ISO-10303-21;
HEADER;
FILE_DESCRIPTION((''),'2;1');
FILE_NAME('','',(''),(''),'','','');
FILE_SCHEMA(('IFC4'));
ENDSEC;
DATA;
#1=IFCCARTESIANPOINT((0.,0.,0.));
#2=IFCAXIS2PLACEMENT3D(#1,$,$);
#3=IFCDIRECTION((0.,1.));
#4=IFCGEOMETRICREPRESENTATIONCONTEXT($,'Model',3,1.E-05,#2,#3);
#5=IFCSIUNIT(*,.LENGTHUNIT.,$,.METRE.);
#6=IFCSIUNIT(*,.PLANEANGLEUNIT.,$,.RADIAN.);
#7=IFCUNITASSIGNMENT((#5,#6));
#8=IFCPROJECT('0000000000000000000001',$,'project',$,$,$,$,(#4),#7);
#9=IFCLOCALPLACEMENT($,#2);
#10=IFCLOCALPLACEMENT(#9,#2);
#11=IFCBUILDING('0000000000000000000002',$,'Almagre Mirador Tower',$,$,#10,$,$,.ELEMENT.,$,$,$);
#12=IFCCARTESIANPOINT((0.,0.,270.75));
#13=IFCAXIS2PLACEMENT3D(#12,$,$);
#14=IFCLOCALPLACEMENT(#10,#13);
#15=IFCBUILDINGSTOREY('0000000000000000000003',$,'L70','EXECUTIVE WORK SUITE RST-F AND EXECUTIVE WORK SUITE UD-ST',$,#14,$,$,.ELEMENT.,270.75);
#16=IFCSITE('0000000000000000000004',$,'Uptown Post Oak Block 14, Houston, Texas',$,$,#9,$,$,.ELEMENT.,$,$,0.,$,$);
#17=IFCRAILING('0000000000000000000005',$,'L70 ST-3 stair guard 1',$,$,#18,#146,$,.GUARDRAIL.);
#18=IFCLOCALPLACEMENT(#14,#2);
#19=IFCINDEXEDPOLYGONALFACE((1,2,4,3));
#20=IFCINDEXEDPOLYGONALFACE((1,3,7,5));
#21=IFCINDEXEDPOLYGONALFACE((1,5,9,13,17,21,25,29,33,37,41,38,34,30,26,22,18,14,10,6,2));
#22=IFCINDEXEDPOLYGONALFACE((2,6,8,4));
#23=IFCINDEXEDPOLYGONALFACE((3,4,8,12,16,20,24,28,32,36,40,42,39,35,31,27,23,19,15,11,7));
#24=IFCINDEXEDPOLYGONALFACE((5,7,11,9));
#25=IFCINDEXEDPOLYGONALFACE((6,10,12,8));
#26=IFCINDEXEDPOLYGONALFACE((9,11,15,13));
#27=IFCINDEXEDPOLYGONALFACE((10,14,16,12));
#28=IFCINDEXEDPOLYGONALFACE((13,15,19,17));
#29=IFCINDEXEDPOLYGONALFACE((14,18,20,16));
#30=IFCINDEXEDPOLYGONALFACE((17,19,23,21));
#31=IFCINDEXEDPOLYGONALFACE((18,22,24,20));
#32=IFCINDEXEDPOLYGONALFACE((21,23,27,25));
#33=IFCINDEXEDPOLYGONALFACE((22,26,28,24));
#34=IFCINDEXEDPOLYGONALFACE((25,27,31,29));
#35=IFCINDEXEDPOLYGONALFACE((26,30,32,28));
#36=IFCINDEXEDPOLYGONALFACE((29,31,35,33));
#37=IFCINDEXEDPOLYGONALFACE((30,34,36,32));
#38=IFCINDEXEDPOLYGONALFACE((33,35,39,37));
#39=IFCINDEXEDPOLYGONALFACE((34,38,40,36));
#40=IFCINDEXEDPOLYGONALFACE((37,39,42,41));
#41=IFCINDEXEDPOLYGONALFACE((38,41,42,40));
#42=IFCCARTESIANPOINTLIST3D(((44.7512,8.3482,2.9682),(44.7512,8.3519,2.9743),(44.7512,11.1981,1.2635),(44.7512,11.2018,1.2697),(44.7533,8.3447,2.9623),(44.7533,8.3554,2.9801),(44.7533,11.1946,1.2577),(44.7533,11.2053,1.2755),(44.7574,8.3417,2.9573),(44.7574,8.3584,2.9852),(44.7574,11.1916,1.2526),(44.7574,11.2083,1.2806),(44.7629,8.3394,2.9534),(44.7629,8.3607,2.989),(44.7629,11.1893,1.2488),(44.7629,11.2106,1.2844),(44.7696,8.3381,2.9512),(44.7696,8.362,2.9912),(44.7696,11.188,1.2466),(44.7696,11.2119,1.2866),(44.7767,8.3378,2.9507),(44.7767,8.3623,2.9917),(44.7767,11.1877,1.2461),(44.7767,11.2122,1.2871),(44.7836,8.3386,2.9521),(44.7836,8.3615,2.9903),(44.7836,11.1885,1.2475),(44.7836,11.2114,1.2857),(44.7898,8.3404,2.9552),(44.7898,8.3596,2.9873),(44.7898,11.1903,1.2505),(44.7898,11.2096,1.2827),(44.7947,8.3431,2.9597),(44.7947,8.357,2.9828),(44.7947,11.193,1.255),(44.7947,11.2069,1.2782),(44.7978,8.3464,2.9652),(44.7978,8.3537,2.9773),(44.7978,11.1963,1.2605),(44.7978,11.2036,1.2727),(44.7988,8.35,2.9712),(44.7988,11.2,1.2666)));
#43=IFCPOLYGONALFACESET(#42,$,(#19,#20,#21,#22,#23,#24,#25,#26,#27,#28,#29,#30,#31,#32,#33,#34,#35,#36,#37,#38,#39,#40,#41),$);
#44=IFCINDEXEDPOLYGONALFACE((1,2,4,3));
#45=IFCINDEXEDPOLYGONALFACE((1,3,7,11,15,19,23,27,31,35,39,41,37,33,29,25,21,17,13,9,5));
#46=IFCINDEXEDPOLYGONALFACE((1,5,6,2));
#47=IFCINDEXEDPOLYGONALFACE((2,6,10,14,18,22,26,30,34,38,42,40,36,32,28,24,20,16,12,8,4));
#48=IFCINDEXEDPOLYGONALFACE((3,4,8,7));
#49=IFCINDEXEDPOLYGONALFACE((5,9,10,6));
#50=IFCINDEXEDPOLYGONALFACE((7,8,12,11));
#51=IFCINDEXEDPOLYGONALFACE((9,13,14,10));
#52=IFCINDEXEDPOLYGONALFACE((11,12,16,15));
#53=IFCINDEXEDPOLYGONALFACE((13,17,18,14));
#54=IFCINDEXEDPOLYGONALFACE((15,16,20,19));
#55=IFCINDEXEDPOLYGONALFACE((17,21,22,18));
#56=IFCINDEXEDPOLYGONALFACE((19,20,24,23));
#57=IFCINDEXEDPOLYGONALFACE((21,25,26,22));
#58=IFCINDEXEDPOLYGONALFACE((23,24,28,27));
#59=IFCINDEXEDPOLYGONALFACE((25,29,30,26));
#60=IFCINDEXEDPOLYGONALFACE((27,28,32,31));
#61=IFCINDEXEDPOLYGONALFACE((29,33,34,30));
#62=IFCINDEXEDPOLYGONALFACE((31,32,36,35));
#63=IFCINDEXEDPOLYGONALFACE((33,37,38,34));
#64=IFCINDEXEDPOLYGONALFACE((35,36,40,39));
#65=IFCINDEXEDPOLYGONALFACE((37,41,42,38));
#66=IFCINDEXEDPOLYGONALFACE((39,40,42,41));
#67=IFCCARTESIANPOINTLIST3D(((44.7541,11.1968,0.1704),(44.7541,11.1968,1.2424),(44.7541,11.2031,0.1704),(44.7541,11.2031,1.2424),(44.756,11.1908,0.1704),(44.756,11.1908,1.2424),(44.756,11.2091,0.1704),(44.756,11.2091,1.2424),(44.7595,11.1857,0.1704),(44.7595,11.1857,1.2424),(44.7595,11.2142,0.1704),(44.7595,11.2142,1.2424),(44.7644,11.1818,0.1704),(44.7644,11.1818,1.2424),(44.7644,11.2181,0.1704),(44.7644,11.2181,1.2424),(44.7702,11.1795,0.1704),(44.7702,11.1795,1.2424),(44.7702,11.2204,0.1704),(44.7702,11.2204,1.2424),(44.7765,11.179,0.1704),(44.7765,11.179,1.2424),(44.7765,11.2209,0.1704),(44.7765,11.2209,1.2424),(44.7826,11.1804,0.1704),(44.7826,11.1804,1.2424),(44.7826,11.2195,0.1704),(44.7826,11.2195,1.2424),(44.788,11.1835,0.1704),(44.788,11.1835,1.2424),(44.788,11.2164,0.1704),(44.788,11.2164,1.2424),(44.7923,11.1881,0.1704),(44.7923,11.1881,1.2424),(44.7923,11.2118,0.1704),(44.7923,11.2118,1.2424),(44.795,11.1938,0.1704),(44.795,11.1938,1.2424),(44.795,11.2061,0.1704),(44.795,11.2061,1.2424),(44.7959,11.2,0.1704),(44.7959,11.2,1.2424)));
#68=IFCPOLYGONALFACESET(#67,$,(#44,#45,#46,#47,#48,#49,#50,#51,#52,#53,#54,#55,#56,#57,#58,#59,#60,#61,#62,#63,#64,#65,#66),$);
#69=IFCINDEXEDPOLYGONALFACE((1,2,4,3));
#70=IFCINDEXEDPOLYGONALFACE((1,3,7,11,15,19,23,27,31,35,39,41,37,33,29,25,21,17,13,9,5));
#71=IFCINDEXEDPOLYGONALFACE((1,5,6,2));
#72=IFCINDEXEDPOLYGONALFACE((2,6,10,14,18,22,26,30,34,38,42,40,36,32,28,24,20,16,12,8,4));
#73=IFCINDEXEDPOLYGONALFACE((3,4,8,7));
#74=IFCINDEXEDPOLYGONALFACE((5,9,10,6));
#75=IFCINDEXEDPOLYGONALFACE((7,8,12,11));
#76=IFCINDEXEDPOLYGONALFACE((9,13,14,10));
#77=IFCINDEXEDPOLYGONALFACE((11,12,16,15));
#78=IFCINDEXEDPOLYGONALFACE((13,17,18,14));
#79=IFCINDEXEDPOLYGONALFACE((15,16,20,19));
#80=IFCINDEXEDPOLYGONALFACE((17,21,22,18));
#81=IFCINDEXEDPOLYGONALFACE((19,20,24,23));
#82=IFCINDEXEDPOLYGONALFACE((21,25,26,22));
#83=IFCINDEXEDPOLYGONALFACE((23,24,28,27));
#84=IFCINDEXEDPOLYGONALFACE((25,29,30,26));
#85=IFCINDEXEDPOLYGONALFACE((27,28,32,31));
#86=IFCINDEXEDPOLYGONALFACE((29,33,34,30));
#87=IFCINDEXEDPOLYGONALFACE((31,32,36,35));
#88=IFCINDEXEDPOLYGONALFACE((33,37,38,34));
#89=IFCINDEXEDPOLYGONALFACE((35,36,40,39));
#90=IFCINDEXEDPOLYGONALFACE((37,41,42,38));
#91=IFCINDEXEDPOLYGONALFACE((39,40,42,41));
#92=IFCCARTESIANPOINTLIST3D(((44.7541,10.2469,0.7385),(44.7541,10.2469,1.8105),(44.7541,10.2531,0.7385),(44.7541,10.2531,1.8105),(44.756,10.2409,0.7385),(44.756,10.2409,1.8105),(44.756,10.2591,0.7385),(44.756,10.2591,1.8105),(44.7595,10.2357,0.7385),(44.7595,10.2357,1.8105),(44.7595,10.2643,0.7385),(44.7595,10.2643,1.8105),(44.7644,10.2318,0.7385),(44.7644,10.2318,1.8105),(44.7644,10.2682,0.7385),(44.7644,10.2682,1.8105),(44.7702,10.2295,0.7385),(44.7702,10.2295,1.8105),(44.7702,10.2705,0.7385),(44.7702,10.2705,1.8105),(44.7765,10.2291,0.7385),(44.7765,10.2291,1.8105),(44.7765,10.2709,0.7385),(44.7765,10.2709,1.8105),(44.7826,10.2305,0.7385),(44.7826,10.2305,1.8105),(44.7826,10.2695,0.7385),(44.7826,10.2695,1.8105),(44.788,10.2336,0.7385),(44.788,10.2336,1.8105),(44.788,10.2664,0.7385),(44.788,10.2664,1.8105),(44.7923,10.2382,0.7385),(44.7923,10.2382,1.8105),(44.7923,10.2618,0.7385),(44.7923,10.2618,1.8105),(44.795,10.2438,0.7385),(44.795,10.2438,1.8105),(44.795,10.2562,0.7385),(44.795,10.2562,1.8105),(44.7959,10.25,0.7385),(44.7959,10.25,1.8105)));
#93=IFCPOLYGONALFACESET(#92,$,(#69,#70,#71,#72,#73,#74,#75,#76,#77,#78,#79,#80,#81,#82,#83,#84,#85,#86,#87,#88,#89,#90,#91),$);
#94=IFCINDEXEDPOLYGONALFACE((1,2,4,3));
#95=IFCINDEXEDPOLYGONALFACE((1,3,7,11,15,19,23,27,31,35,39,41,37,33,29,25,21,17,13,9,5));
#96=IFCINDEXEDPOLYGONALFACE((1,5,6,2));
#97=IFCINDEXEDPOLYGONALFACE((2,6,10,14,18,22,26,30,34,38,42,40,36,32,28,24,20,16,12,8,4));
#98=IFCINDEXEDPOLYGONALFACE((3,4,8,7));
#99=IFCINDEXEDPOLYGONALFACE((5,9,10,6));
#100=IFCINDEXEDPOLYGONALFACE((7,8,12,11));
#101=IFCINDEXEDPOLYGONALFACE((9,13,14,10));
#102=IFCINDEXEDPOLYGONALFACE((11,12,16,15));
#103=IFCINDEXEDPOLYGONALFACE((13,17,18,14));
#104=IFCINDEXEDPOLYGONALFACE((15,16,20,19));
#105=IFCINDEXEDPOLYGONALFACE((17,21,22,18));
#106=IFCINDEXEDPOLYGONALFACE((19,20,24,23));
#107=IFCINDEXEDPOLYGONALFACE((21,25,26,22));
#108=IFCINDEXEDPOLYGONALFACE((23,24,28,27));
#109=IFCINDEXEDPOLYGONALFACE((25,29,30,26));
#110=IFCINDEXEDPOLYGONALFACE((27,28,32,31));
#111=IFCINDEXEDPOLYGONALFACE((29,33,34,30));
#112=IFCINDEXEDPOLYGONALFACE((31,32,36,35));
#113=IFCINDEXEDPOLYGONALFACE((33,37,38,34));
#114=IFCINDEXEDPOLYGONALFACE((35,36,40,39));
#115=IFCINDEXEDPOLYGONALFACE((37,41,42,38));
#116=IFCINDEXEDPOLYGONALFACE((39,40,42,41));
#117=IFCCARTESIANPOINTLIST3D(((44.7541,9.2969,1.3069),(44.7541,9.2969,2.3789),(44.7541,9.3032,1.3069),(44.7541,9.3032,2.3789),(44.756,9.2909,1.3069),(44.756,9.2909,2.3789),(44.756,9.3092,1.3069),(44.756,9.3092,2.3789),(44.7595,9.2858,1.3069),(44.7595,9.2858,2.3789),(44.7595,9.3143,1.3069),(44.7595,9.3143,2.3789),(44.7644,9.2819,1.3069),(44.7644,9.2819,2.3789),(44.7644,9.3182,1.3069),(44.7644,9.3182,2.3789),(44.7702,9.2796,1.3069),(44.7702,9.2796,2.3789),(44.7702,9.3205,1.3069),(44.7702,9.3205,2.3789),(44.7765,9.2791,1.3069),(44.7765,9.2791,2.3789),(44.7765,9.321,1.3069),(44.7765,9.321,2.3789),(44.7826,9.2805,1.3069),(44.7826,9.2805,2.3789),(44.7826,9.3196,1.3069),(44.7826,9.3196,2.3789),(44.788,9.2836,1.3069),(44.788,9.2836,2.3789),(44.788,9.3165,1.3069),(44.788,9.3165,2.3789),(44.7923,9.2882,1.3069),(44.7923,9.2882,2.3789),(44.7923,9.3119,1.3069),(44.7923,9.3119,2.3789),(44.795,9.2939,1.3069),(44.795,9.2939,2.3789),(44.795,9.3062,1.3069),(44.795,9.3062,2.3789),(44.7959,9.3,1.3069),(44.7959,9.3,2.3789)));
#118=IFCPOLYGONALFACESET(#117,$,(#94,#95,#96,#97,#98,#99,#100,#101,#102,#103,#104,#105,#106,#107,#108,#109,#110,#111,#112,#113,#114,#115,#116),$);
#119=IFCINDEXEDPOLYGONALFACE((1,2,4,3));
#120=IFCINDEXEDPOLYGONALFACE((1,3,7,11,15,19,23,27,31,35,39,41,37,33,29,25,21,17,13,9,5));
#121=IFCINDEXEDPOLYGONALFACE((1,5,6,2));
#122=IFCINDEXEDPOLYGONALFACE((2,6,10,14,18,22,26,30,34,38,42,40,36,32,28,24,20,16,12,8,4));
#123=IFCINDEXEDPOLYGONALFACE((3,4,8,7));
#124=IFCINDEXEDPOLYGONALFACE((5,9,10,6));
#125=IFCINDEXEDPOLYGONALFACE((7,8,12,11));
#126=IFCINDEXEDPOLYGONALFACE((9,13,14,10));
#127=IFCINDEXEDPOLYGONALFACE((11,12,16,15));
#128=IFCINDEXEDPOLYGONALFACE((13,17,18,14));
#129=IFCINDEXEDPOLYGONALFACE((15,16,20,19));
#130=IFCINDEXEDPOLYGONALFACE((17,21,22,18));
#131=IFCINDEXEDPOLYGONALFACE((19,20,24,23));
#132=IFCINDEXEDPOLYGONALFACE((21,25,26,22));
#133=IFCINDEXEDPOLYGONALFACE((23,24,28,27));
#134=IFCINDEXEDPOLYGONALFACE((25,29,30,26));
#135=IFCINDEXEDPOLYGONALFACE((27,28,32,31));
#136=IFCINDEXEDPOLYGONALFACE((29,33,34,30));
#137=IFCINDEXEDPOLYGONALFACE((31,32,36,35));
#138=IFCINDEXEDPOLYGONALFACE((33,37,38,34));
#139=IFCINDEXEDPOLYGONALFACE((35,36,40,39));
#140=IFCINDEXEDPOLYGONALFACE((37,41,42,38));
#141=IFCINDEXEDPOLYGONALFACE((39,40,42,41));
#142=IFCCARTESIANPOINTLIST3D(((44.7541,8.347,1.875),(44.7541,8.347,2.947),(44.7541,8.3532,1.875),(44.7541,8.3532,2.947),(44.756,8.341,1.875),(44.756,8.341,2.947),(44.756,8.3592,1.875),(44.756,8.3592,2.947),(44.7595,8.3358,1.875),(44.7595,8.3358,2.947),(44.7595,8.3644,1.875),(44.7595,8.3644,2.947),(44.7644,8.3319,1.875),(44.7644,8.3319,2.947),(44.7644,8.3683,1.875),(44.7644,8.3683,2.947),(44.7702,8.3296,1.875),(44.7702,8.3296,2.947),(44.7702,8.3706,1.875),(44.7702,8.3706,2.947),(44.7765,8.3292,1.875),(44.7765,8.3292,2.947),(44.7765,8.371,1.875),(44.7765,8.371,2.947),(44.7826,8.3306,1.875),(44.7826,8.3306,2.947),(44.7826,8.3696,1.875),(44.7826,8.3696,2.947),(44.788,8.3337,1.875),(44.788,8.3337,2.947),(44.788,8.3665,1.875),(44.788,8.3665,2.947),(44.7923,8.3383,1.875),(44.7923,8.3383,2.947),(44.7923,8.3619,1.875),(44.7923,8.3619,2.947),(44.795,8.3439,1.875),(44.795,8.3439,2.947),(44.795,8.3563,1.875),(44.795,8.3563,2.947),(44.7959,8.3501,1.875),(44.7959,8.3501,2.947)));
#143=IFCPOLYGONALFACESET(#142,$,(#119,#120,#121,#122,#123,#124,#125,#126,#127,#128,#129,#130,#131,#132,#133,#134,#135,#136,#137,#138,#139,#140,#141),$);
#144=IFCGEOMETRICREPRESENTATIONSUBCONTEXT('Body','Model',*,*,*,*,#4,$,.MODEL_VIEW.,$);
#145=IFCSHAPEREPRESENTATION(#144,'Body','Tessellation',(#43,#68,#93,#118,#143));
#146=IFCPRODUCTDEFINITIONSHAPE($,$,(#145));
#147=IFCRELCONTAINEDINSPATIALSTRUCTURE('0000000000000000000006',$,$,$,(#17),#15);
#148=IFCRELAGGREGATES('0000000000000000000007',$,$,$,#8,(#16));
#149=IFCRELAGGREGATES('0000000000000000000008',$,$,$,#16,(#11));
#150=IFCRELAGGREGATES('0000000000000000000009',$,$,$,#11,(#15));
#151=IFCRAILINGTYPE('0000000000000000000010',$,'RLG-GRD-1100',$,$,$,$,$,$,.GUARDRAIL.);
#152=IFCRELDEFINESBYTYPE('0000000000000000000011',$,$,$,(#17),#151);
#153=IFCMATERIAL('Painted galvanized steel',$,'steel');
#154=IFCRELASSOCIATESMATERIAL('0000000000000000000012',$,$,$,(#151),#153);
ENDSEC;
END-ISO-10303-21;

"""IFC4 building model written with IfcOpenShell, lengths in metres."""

from ifc_helpers import new_model, si_unit, direction, frame, origin, origin_2d, place, context, subcontext, project, spatial, circle, extrude, material, type_object, element, save


model = new_model("IFC4")

# Units and contexts
model_context = context("Model", 3, precision=1e-05, world=origin(), true_north=direction((0.0, 1.0)))
body_context = subcontext(model_context, "Body", "Model", "MODEL_VIEW")
ifc_project = project(units=[si_unit("LENGTHUNIT", "METRE"), si_unit("PLANEANGLEUNIT", "RADIAN")], contexts=[model_context])

# Site, building, storey
site_placement = place(None, origin())
site = spatial("IfcSite", under=ifc_project, at=site_placement, Name="Uptown Post Oak Block 14, Houston, Texas", CompositionType="ELEMENT", RefElevation=0.0)
building_placement = place(site_placement, origin())
building = spatial("IfcBuilding", under=site, at=building_placement, Name="Almagre Mirador Tower", CompositionType="ELEMENT")
storey_placement = place(building_placement, frame((0.0, 0.0, 270.75)))
storey = spatial("IfcBuildingStorey", under=building, at=storey_placement, Name="L70", Description="EXECUTIVE WORK SUITE RST-F AND EXECUTIVE WORK SUITE UD-ST", CompositionType="ELEMENT", Elevation=270.75)

# Railing
ifc_material_1 = material(Name="Painted galvanized steel", Category="steel")
railing_type_1 = type_object("IfcRailingType", Name="RLG-GRD-1100", PredefinedType="GUARDRAIL", material=ifc_material_1)
railing_1_placement = place(storey_placement, frame((44.7749, 11.2, 0.1704)))
element("IfcRailing", 1, at=railing_1_placement, inside=storey, type_object=railing_type_1, Name="L70 ST-3 stair guard 1", PredefinedType="GUARDRAIL", context=body_context, shape_type="SweptSolid", body=[
    extrude(circle(Radius=0.0239, at=origin_2d()), frame((0.0, 0.0, 1.0962), z_axis=(0.0, -0.858199, 0.513317), x_axis=(1.0, 0.0, 0.0)), (0.0, 0.0, 1.0), 3.3208),
    extrude(circle(Radius=0.021, at=origin_2d()), origin(), (0.0, 0.0, 1.0), 1.072),
    extrude(circle(Radius=0.021, at=origin_2d()), frame((0.0, -0.95, 0.5681)), (0.0, 0.0, 1.0), 1.072),
    extrude(circle(Radius=0.021, at=origin_2d()), frame((0.0, -1.8999, 1.1365)), (0.0, 0.0, 1.0), 1.072),
    extrude(circle(Radius=0.021, at=origin_2d()), frame((0.0, -2.8499, 1.7046)), (0.0, 0.0, 1.0), 1.072),
])

save(model, "model.ifc")
